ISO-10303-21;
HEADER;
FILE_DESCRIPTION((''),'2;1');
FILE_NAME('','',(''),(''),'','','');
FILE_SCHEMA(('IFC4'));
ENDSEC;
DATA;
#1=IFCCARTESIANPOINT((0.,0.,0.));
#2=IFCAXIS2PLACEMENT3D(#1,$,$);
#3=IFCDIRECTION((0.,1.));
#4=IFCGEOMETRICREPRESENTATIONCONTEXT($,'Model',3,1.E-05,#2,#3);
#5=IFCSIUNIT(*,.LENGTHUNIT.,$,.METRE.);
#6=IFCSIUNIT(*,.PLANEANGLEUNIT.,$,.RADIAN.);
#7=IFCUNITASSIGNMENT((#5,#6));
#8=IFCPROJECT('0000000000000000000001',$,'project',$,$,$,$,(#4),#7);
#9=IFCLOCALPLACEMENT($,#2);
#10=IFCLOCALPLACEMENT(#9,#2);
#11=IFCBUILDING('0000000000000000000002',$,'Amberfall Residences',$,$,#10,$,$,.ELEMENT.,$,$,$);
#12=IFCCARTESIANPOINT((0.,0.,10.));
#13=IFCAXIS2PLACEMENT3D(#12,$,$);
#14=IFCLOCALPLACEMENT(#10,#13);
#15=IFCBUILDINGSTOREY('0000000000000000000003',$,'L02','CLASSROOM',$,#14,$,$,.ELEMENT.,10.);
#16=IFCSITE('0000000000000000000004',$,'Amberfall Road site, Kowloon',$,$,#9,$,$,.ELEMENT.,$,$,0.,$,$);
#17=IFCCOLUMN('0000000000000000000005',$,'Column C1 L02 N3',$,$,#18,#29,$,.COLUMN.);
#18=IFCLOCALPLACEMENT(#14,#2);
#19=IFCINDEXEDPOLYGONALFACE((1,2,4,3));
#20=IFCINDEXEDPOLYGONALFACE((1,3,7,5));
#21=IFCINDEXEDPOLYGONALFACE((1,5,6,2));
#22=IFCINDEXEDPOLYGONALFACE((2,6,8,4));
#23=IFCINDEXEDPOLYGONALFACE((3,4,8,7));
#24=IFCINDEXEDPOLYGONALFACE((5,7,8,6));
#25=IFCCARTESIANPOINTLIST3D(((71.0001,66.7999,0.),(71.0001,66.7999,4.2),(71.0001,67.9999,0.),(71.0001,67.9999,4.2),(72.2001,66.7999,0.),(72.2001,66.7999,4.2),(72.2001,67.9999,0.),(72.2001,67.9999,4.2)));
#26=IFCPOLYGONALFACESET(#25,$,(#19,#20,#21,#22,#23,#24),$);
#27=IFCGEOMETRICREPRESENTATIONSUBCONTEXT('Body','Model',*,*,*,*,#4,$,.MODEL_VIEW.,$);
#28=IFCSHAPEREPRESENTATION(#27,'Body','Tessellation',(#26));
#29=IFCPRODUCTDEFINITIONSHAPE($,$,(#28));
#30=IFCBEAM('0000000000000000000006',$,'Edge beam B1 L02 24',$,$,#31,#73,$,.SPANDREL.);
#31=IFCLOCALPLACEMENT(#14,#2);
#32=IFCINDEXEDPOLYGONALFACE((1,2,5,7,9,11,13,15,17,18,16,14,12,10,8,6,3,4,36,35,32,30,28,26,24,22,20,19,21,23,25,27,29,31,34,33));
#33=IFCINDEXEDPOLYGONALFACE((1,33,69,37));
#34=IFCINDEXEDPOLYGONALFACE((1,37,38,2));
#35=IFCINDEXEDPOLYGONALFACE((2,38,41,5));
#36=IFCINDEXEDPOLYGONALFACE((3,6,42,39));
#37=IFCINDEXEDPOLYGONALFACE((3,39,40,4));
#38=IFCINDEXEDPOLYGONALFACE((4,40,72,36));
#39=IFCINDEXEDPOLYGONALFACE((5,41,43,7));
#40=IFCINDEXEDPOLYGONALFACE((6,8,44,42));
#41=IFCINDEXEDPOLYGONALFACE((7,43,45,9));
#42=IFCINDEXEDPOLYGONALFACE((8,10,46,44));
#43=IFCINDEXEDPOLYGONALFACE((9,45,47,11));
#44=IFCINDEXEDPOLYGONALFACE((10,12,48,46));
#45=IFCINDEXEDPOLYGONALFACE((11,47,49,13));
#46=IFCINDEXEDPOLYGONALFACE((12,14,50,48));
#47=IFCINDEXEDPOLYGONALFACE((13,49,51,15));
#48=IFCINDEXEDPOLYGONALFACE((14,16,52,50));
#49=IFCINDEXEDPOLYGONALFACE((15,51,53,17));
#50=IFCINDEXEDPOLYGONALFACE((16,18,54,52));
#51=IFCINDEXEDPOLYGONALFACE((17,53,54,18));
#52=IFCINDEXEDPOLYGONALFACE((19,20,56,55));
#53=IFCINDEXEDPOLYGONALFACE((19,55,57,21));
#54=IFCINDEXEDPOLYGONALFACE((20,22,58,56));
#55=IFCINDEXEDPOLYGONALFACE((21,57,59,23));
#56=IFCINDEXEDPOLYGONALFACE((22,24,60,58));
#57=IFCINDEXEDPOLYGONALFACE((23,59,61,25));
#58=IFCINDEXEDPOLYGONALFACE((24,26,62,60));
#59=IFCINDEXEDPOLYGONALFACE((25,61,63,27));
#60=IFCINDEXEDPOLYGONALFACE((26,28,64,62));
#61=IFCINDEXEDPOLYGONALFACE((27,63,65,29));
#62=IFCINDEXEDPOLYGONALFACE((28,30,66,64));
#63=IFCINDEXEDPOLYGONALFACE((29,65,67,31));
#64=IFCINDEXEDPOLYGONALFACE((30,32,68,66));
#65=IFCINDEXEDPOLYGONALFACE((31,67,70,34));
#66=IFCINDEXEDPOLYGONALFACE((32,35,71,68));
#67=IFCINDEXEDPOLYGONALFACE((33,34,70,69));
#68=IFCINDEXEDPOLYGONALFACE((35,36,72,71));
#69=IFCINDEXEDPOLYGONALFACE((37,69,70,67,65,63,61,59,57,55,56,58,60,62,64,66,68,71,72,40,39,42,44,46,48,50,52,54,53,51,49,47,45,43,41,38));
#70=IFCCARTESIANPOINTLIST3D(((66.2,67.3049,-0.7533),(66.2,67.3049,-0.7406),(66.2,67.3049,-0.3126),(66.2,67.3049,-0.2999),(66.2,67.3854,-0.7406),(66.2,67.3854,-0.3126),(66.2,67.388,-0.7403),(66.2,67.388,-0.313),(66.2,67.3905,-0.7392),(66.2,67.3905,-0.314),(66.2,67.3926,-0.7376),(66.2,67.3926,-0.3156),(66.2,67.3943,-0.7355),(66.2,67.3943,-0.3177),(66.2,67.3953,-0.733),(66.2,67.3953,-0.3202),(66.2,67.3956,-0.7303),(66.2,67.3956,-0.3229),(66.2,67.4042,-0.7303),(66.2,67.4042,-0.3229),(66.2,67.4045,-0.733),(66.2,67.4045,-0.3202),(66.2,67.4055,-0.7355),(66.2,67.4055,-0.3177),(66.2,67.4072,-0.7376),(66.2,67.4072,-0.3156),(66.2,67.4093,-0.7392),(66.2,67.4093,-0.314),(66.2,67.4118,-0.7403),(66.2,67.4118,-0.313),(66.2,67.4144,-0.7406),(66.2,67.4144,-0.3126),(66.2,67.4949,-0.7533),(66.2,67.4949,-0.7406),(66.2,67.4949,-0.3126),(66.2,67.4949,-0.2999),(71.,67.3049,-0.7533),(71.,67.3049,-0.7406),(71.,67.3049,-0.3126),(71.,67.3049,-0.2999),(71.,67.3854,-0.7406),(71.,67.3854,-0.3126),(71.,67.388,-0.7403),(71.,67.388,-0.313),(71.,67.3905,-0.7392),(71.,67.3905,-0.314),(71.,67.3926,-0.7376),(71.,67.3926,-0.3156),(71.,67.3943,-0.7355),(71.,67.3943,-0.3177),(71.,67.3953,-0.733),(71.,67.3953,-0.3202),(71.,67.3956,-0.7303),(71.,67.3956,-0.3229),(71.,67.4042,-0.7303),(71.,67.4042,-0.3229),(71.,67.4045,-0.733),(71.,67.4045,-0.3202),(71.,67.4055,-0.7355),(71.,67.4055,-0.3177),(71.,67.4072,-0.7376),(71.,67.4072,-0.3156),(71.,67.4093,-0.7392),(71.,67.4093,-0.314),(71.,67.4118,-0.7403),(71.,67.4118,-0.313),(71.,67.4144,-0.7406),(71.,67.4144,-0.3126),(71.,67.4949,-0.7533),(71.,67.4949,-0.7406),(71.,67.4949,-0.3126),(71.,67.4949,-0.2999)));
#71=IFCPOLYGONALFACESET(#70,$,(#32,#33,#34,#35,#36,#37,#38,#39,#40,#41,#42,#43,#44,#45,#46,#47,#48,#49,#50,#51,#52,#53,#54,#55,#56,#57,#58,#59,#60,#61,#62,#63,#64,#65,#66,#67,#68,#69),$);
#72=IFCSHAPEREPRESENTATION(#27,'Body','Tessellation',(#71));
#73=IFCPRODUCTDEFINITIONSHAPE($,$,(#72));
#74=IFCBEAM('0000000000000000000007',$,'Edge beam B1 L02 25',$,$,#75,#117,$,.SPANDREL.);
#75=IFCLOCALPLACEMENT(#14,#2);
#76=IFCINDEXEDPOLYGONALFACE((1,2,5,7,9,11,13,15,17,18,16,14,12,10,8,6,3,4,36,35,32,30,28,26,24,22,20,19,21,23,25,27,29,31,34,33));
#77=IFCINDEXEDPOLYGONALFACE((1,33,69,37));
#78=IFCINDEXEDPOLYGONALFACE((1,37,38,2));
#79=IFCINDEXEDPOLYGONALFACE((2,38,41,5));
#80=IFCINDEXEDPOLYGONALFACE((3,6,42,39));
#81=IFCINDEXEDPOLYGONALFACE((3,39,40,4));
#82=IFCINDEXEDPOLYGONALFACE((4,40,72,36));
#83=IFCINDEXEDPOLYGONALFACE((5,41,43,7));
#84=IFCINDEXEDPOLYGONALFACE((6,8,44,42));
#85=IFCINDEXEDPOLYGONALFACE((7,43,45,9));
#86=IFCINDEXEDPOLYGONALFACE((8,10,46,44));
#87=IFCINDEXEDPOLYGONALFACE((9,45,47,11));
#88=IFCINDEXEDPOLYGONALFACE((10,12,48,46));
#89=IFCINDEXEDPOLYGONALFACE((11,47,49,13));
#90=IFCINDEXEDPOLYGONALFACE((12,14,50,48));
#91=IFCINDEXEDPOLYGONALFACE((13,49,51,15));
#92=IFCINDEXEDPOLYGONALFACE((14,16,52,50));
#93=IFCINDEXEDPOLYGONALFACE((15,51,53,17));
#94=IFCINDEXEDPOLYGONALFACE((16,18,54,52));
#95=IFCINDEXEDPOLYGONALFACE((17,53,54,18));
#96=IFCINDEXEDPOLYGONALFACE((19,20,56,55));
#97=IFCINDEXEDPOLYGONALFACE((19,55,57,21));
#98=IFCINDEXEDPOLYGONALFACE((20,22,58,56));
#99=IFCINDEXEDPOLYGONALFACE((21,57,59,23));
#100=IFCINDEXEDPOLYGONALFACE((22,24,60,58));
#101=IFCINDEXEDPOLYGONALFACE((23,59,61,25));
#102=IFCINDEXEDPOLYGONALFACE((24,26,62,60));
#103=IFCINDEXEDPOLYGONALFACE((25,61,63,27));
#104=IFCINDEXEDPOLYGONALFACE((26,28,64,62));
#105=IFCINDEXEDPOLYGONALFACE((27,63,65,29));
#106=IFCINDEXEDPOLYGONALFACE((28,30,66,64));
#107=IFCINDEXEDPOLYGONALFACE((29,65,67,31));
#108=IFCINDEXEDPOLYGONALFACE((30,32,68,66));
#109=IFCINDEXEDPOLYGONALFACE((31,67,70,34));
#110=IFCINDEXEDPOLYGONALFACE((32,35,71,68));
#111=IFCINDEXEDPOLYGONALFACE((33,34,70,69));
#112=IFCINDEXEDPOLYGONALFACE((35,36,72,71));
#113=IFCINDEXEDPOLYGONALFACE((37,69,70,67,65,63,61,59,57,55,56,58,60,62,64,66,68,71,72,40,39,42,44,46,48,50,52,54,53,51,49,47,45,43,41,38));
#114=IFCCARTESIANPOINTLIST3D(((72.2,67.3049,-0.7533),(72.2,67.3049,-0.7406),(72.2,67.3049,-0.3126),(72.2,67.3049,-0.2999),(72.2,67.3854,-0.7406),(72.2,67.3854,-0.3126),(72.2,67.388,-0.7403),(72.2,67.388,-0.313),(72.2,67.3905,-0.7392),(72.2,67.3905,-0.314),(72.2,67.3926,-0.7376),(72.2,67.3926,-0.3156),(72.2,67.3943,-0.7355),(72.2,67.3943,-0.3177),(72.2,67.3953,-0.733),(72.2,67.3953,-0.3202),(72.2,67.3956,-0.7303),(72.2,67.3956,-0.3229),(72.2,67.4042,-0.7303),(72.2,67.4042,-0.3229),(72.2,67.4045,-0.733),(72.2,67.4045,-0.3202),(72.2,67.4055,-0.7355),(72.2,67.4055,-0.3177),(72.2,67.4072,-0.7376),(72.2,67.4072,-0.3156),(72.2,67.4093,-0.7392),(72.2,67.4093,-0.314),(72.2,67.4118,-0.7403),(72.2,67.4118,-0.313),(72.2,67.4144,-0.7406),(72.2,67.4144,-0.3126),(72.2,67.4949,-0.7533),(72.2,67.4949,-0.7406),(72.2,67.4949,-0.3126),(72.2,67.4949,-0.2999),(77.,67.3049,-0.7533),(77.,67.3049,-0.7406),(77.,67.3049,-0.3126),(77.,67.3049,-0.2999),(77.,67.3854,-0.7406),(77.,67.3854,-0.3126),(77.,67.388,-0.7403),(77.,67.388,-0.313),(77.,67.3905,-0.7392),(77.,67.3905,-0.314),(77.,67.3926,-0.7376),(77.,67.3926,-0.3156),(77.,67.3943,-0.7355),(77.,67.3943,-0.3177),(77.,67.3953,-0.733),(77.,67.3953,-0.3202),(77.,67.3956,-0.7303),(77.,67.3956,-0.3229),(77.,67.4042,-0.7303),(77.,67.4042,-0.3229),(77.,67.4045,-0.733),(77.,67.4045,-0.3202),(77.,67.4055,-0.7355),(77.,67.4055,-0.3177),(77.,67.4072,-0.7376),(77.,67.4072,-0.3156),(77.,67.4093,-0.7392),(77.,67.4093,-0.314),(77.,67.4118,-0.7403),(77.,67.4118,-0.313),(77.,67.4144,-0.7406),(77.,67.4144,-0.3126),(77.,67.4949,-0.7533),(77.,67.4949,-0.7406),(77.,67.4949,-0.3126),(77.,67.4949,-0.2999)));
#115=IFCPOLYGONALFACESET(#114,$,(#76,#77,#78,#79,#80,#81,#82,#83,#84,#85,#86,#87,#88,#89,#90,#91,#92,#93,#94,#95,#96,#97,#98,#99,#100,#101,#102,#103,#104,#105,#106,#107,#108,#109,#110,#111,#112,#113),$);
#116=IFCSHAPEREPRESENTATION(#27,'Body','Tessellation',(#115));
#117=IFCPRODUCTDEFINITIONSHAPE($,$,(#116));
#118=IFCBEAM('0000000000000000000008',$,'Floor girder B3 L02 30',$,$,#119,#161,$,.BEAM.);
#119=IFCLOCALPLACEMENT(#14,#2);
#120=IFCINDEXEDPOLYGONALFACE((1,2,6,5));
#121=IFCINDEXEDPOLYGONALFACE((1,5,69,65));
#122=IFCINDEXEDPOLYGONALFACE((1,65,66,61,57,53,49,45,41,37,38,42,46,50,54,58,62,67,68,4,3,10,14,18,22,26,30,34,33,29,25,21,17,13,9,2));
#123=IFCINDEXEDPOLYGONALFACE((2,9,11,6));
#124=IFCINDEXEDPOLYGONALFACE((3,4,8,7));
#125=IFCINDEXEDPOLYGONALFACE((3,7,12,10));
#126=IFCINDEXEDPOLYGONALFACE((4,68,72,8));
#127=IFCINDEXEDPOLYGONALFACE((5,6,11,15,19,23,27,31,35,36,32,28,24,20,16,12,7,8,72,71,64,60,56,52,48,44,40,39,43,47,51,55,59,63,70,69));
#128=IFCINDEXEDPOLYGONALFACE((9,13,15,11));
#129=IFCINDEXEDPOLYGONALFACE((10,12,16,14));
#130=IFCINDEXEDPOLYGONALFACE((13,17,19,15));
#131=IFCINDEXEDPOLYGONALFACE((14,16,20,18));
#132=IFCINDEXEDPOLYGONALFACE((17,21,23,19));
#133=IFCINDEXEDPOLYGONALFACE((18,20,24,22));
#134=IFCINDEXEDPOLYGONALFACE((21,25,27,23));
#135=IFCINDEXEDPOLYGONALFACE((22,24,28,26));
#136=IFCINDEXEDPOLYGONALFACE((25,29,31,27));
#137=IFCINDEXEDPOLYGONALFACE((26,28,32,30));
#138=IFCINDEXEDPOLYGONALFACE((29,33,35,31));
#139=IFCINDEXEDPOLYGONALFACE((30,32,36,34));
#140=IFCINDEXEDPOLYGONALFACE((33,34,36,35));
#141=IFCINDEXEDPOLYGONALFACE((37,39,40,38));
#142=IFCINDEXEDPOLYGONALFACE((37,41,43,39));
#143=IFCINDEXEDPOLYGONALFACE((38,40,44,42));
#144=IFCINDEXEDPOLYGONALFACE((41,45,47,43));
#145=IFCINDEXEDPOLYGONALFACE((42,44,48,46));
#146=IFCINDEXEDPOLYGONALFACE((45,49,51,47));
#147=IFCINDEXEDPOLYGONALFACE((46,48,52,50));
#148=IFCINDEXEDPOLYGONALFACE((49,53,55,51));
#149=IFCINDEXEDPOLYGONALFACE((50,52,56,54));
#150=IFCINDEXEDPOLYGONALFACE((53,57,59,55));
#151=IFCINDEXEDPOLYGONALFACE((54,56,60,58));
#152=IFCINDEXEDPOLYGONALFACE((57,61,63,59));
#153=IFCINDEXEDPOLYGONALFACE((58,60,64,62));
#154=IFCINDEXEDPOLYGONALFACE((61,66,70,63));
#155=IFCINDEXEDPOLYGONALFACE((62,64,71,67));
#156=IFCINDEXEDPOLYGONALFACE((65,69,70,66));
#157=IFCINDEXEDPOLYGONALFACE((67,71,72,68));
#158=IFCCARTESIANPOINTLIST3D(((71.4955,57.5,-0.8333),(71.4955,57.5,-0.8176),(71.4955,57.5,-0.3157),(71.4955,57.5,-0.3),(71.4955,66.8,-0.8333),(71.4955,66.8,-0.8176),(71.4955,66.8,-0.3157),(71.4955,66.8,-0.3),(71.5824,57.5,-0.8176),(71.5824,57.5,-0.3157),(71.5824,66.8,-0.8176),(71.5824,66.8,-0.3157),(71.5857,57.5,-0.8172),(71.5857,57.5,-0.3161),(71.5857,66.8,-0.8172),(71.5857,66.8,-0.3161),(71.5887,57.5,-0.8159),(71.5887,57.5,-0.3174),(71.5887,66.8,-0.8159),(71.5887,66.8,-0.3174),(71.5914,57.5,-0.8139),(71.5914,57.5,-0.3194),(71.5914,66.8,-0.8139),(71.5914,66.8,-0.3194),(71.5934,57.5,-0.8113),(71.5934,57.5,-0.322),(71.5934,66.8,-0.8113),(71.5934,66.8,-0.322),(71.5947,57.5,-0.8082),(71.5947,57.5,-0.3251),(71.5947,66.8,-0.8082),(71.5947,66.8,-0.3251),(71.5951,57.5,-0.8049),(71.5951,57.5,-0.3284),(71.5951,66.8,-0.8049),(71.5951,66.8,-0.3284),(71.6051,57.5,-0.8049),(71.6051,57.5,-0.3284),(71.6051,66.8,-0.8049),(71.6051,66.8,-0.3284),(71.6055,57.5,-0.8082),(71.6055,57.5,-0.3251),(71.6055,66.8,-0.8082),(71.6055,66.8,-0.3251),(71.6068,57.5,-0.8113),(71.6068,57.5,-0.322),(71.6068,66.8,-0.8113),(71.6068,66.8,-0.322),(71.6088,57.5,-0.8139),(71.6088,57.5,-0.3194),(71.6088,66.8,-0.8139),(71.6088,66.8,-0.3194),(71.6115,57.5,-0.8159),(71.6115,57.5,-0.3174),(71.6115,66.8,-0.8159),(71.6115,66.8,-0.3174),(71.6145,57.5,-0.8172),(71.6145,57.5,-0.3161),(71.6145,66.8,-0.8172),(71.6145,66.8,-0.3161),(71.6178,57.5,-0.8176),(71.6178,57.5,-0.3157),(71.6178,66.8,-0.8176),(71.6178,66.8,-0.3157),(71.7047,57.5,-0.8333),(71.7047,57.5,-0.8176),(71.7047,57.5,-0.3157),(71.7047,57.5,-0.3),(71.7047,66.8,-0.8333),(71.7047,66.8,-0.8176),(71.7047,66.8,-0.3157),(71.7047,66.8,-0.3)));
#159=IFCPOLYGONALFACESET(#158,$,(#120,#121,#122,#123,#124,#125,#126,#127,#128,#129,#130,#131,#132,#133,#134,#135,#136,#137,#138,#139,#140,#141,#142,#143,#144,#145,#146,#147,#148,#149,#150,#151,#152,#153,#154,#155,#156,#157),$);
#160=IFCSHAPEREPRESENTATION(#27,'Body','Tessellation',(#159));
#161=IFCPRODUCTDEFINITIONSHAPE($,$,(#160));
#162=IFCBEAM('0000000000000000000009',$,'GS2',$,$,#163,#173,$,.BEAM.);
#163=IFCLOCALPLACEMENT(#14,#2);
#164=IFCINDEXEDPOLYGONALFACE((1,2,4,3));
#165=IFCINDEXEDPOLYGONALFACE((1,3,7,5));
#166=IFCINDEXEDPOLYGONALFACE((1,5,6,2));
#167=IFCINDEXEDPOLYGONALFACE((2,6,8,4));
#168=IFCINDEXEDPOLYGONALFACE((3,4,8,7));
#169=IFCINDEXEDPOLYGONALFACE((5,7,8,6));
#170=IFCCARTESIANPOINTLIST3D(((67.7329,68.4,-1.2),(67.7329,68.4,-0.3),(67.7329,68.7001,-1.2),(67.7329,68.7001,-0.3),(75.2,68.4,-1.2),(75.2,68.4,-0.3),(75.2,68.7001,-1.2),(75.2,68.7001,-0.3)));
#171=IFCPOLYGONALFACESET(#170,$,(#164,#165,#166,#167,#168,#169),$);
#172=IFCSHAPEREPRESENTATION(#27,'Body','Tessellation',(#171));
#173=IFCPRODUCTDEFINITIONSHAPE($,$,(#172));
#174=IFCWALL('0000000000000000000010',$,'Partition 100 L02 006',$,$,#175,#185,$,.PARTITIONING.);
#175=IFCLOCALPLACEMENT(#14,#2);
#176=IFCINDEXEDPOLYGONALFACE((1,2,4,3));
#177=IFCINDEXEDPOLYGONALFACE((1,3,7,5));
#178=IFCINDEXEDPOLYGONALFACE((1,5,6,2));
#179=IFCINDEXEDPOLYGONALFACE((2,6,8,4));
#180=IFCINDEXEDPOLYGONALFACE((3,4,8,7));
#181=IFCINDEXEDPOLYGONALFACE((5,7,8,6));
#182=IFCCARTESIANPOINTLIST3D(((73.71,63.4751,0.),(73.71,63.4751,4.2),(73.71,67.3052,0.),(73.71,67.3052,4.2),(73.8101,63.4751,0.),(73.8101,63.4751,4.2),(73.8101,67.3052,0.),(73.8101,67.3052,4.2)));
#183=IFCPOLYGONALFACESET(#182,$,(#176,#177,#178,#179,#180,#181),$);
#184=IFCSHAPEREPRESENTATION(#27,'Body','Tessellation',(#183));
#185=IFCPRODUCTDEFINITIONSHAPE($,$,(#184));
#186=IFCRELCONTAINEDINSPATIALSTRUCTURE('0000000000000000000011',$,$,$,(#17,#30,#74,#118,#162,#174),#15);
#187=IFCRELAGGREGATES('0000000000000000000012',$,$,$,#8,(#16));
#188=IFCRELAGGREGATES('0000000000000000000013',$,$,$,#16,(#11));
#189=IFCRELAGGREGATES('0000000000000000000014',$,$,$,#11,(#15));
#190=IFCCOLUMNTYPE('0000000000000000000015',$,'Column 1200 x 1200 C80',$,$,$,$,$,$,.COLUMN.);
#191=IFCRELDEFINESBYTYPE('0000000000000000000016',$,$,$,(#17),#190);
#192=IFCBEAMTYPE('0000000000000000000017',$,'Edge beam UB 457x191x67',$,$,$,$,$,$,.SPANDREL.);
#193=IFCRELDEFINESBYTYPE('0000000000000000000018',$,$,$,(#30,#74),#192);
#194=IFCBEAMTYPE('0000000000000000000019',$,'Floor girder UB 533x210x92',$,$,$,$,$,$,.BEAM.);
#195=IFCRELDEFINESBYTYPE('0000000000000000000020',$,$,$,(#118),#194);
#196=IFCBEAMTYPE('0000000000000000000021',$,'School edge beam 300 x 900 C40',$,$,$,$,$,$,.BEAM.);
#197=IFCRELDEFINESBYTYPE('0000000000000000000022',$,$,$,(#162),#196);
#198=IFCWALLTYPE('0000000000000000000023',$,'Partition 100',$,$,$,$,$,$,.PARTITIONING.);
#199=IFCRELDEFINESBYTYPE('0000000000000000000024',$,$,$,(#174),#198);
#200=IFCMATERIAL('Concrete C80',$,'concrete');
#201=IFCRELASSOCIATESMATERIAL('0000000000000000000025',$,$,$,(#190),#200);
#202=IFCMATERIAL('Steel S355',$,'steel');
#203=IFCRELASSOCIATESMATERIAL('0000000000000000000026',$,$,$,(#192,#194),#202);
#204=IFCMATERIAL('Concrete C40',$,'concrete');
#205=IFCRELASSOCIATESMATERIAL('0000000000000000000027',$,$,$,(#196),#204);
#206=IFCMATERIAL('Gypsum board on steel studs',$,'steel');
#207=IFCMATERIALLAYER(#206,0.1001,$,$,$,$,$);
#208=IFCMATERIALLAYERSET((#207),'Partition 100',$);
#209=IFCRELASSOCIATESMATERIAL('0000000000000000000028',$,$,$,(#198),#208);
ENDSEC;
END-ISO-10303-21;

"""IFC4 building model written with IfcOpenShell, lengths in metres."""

from ifc_helpers import new_model, si_unit, direction, frame, frame_2d, origin, origin_2d, place, context, subcontext, project, spatial, rectangle, i_section, extrude, material, layer, layer_set, material_profile, profile_set, type_object, element, save


model = new_model("IFC4")

# Units and contexts
model_context = context("Model", 3, precision=1e-05, world=origin(), true_north=direction((0.0, 1.0)))
body_context = subcontext(model_context, "Body", "Model", "MODEL_VIEW")
ifc_project = project(units=[si_unit("LENGTHUNIT", "METRE"), si_unit("PLANEANGLEUNIT", "RADIAN")], contexts=[model_context])

# Site, building, storey
site_placement = place(None, origin())
site = spatial("IfcSite", under=ifc_project, at=site_placement, Name="Amberfall Road site, Kowloon", CompositionType="ELEMENT", RefElevation=0.0)
building_placement = place(site_placement, origin())
building = spatial("IfcBuilding", under=site, at=building_placement, Name="Amberfall Residences", CompositionType="ELEMENT")
storey_placement = place(building_placement, frame((0.0, 0.0, 10.0)))
storey = spatial("IfcBuildingStorey", under=building, at=storey_placement, Name="L02", Description="CLASSROOM", CompositionType="ELEMENT", Elevation=10.0)

# Column
ifc_material_1 = material(Name="Concrete C80", Category="concrete")
ifc_material_profile_1 = material_profile(ifc_material_1, rectangle(XDim=1.2, YDim=1.2, at=origin_2d()), Name="Column 1200 x 1200 C80")
ifc_profile_set_1 = profile_set([ifc_material_profile_1], Name="Concrete C80")
column_type = type_object("IfcColumnType", Name="Column 1200 x 1200 C80", PredefinedType="COLUMN", material=ifc_profile_set_1)
column_placement = place(storey_placement, frame((71.6001, 67.3999, 0.0), z_axis=(0.0, 0.0, 1.0), x_axis=(1.0, 0.0, 0.0)))
element("IfcColumn", 1, at=column_placement, inside=storey, type_object=column_type, Name="Column C1 L02 N3", PredefinedType="COLUMN", context=body_context, shape_type="SweptSolid", body=[
    extrude(rectangle(XDim=1.2, YDim=1.2, at=origin_2d()), origin(), (0.0, 0.0, 1.0), 4.2),
])

# Beams
ifc_material_2 = material(Name="Steel S355", Category="steel")
ifc_material_profile_2 = material_profile(ifc_material_2, i_section(OverallWidth=0.1899, OverallDepth=0.4534, WebThickness=0.0085, FlangeThickness=0.0127, FilletRadius=0.0103, at=origin_2d()), Name="UB 457x191x67")
ifc_profile_set_2 = profile_set([ifc_material_profile_2], Name="Steel S355")
beam_type_1 = type_object("IfcBeamType", Name="Edge beam UB 457x191x67", PredefinedType="SPANDREL", material=ifc_profile_set_2)
for number, where, z_axis, x_axis, name in (
    (2, (66.2, 67.3999, -0.5266), (1.0, 0.0, 0.0), (0.0, 1.0, 0.0), "Edge beam B1 L02 24"),
    (3, (72.2, 67.3999, -0.5266), (1.0, 0.0, 0.0), (0.0, 1.0, 0.0), "Edge beam B1 L02 25"),
):
    element("IfcBeam", number, at=place(storey_placement, frame(where, z_axis=z_axis, x_axis=x_axis)), inside=storey, type_object=beam_type_1, Name=name, PredefinedType="SPANDREL", context=body_context, shape_type="SweptSolid", body=[
        extrude(i_section(OverallWidth=0.1899, OverallDepth=0.4534, WebThickness=0.0085, FlangeThickness=0.0127, FilletRadius=0.0103, at=origin_2d()), origin(), (0.0, 0.0, 1.0), 4.8),
    ])
ifc_material_profile_3 = material_profile(ifc_material_2, i_section(OverallWidth=0.2092, OverallDepth=0.5332, WebThickness=0.01, FlangeThickness=0.0156, FilletRadius=0.0127, at=origin_2d()), Name="UB 533x210x92")
ifc_profile_set_3 = profile_set([ifc_material_profile_3], Name="Steel S355")
beam_type_2 = type_object("IfcBeamType", Name="Floor girder UB 533x210x92", PredefinedType="BEAM", material=ifc_profile_set_3)
beam_1_placement = place(storey_placement, frame((71.6001, 66.8, -0.5667), z_axis=(0.0, -1.0, 0.0), x_axis=(1.0, 0.0, 0.0)))
element("IfcBeam", 4, at=beam_1_placement, inside=storey, type_object=beam_type_2, Name="Floor girder B3 L02 30", PredefinedType="BEAM", context=body_context, shape_type="SweptSolid", body=[
    extrude(i_section(OverallWidth=0.2092, OverallDepth=0.5332, WebThickness=0.01, FlangeThickness=0.0156, FilletRadius=0.0127, at=origin_2d()), origin(), (0.0, 0.0, 1.0), 9.3),
])
ifc_material_3 = material(Name="Concrete C40", Category="concrete")
ifc_material_profile_4 = material_profile(ifc_material_3, rectangle(XDim=0.3, YDim=0.8999, at=origin_2d()), Name="School edge beam 300 x 900 C40")
ifc_profile_set_4 = profile_set([ifc_material_profile_4], Name="Concrete C40")
beam_type_3 = type_object("IfcBeamType", Name="School edge beam 300 x 900 C40", PredefinedType="BEAM", material=ifc_profile_set_4)
beam_2_placement = place(storey_placement, frame((67.7329, 68.55, -0.75), z_axis=(1.0, 0.0, 0.0), x_axis=(0.0, 1.0, 0.0)))
element("IfcBeam", 5, at=beam_2_placement, inside=storey, type_object=beam_type_3, Name="GS2", PredefinedType="BEAM", context=body_context, shape_type="SweptSolid", body=[
    extrude(rectangle(XDim=0.3, YDim=0.8999, at=origin_2d()), origin(), (0.0, 0.0, 1.0), 7.467),
])

# Wall
ifc_material_4 = material(Name="Gypsum board on steel studs", Category="steel")
ifc_layer_1 = layer(ifc_material_4, 0.1001)
ifc_layer_set_1 = layer_set([ifc_layer_1], Name="Partition 100")
wall_type_1 = type_object("IfcWallType", Name="Partition 100", PredefinedType="PARTITIONING", material=ifc_layer_set_1)
wall_1_placement = place(storey_placement, frame((73.76, 63.4751, 0.0), z_axis=(0.0, 0.0, 1.0), x_axis=(0.0, 1.0, 0.0)))
element("IfcWall", 6, at=wall_1_placement, inside=storey, type_object=wall_type_1, Name="Partition 100 L02 006", PredefinedType="PARTITIONING", context=body_context, shape_type="SweptSolid", body=[
    extrude(rectangle(XDim=3.8301, YDim=0.1001, at=frame_2d((1.915, 0.0))), origin(), (0.0, 0.0, 1.0), 4.2),
])

save(model, "model.ifc")
